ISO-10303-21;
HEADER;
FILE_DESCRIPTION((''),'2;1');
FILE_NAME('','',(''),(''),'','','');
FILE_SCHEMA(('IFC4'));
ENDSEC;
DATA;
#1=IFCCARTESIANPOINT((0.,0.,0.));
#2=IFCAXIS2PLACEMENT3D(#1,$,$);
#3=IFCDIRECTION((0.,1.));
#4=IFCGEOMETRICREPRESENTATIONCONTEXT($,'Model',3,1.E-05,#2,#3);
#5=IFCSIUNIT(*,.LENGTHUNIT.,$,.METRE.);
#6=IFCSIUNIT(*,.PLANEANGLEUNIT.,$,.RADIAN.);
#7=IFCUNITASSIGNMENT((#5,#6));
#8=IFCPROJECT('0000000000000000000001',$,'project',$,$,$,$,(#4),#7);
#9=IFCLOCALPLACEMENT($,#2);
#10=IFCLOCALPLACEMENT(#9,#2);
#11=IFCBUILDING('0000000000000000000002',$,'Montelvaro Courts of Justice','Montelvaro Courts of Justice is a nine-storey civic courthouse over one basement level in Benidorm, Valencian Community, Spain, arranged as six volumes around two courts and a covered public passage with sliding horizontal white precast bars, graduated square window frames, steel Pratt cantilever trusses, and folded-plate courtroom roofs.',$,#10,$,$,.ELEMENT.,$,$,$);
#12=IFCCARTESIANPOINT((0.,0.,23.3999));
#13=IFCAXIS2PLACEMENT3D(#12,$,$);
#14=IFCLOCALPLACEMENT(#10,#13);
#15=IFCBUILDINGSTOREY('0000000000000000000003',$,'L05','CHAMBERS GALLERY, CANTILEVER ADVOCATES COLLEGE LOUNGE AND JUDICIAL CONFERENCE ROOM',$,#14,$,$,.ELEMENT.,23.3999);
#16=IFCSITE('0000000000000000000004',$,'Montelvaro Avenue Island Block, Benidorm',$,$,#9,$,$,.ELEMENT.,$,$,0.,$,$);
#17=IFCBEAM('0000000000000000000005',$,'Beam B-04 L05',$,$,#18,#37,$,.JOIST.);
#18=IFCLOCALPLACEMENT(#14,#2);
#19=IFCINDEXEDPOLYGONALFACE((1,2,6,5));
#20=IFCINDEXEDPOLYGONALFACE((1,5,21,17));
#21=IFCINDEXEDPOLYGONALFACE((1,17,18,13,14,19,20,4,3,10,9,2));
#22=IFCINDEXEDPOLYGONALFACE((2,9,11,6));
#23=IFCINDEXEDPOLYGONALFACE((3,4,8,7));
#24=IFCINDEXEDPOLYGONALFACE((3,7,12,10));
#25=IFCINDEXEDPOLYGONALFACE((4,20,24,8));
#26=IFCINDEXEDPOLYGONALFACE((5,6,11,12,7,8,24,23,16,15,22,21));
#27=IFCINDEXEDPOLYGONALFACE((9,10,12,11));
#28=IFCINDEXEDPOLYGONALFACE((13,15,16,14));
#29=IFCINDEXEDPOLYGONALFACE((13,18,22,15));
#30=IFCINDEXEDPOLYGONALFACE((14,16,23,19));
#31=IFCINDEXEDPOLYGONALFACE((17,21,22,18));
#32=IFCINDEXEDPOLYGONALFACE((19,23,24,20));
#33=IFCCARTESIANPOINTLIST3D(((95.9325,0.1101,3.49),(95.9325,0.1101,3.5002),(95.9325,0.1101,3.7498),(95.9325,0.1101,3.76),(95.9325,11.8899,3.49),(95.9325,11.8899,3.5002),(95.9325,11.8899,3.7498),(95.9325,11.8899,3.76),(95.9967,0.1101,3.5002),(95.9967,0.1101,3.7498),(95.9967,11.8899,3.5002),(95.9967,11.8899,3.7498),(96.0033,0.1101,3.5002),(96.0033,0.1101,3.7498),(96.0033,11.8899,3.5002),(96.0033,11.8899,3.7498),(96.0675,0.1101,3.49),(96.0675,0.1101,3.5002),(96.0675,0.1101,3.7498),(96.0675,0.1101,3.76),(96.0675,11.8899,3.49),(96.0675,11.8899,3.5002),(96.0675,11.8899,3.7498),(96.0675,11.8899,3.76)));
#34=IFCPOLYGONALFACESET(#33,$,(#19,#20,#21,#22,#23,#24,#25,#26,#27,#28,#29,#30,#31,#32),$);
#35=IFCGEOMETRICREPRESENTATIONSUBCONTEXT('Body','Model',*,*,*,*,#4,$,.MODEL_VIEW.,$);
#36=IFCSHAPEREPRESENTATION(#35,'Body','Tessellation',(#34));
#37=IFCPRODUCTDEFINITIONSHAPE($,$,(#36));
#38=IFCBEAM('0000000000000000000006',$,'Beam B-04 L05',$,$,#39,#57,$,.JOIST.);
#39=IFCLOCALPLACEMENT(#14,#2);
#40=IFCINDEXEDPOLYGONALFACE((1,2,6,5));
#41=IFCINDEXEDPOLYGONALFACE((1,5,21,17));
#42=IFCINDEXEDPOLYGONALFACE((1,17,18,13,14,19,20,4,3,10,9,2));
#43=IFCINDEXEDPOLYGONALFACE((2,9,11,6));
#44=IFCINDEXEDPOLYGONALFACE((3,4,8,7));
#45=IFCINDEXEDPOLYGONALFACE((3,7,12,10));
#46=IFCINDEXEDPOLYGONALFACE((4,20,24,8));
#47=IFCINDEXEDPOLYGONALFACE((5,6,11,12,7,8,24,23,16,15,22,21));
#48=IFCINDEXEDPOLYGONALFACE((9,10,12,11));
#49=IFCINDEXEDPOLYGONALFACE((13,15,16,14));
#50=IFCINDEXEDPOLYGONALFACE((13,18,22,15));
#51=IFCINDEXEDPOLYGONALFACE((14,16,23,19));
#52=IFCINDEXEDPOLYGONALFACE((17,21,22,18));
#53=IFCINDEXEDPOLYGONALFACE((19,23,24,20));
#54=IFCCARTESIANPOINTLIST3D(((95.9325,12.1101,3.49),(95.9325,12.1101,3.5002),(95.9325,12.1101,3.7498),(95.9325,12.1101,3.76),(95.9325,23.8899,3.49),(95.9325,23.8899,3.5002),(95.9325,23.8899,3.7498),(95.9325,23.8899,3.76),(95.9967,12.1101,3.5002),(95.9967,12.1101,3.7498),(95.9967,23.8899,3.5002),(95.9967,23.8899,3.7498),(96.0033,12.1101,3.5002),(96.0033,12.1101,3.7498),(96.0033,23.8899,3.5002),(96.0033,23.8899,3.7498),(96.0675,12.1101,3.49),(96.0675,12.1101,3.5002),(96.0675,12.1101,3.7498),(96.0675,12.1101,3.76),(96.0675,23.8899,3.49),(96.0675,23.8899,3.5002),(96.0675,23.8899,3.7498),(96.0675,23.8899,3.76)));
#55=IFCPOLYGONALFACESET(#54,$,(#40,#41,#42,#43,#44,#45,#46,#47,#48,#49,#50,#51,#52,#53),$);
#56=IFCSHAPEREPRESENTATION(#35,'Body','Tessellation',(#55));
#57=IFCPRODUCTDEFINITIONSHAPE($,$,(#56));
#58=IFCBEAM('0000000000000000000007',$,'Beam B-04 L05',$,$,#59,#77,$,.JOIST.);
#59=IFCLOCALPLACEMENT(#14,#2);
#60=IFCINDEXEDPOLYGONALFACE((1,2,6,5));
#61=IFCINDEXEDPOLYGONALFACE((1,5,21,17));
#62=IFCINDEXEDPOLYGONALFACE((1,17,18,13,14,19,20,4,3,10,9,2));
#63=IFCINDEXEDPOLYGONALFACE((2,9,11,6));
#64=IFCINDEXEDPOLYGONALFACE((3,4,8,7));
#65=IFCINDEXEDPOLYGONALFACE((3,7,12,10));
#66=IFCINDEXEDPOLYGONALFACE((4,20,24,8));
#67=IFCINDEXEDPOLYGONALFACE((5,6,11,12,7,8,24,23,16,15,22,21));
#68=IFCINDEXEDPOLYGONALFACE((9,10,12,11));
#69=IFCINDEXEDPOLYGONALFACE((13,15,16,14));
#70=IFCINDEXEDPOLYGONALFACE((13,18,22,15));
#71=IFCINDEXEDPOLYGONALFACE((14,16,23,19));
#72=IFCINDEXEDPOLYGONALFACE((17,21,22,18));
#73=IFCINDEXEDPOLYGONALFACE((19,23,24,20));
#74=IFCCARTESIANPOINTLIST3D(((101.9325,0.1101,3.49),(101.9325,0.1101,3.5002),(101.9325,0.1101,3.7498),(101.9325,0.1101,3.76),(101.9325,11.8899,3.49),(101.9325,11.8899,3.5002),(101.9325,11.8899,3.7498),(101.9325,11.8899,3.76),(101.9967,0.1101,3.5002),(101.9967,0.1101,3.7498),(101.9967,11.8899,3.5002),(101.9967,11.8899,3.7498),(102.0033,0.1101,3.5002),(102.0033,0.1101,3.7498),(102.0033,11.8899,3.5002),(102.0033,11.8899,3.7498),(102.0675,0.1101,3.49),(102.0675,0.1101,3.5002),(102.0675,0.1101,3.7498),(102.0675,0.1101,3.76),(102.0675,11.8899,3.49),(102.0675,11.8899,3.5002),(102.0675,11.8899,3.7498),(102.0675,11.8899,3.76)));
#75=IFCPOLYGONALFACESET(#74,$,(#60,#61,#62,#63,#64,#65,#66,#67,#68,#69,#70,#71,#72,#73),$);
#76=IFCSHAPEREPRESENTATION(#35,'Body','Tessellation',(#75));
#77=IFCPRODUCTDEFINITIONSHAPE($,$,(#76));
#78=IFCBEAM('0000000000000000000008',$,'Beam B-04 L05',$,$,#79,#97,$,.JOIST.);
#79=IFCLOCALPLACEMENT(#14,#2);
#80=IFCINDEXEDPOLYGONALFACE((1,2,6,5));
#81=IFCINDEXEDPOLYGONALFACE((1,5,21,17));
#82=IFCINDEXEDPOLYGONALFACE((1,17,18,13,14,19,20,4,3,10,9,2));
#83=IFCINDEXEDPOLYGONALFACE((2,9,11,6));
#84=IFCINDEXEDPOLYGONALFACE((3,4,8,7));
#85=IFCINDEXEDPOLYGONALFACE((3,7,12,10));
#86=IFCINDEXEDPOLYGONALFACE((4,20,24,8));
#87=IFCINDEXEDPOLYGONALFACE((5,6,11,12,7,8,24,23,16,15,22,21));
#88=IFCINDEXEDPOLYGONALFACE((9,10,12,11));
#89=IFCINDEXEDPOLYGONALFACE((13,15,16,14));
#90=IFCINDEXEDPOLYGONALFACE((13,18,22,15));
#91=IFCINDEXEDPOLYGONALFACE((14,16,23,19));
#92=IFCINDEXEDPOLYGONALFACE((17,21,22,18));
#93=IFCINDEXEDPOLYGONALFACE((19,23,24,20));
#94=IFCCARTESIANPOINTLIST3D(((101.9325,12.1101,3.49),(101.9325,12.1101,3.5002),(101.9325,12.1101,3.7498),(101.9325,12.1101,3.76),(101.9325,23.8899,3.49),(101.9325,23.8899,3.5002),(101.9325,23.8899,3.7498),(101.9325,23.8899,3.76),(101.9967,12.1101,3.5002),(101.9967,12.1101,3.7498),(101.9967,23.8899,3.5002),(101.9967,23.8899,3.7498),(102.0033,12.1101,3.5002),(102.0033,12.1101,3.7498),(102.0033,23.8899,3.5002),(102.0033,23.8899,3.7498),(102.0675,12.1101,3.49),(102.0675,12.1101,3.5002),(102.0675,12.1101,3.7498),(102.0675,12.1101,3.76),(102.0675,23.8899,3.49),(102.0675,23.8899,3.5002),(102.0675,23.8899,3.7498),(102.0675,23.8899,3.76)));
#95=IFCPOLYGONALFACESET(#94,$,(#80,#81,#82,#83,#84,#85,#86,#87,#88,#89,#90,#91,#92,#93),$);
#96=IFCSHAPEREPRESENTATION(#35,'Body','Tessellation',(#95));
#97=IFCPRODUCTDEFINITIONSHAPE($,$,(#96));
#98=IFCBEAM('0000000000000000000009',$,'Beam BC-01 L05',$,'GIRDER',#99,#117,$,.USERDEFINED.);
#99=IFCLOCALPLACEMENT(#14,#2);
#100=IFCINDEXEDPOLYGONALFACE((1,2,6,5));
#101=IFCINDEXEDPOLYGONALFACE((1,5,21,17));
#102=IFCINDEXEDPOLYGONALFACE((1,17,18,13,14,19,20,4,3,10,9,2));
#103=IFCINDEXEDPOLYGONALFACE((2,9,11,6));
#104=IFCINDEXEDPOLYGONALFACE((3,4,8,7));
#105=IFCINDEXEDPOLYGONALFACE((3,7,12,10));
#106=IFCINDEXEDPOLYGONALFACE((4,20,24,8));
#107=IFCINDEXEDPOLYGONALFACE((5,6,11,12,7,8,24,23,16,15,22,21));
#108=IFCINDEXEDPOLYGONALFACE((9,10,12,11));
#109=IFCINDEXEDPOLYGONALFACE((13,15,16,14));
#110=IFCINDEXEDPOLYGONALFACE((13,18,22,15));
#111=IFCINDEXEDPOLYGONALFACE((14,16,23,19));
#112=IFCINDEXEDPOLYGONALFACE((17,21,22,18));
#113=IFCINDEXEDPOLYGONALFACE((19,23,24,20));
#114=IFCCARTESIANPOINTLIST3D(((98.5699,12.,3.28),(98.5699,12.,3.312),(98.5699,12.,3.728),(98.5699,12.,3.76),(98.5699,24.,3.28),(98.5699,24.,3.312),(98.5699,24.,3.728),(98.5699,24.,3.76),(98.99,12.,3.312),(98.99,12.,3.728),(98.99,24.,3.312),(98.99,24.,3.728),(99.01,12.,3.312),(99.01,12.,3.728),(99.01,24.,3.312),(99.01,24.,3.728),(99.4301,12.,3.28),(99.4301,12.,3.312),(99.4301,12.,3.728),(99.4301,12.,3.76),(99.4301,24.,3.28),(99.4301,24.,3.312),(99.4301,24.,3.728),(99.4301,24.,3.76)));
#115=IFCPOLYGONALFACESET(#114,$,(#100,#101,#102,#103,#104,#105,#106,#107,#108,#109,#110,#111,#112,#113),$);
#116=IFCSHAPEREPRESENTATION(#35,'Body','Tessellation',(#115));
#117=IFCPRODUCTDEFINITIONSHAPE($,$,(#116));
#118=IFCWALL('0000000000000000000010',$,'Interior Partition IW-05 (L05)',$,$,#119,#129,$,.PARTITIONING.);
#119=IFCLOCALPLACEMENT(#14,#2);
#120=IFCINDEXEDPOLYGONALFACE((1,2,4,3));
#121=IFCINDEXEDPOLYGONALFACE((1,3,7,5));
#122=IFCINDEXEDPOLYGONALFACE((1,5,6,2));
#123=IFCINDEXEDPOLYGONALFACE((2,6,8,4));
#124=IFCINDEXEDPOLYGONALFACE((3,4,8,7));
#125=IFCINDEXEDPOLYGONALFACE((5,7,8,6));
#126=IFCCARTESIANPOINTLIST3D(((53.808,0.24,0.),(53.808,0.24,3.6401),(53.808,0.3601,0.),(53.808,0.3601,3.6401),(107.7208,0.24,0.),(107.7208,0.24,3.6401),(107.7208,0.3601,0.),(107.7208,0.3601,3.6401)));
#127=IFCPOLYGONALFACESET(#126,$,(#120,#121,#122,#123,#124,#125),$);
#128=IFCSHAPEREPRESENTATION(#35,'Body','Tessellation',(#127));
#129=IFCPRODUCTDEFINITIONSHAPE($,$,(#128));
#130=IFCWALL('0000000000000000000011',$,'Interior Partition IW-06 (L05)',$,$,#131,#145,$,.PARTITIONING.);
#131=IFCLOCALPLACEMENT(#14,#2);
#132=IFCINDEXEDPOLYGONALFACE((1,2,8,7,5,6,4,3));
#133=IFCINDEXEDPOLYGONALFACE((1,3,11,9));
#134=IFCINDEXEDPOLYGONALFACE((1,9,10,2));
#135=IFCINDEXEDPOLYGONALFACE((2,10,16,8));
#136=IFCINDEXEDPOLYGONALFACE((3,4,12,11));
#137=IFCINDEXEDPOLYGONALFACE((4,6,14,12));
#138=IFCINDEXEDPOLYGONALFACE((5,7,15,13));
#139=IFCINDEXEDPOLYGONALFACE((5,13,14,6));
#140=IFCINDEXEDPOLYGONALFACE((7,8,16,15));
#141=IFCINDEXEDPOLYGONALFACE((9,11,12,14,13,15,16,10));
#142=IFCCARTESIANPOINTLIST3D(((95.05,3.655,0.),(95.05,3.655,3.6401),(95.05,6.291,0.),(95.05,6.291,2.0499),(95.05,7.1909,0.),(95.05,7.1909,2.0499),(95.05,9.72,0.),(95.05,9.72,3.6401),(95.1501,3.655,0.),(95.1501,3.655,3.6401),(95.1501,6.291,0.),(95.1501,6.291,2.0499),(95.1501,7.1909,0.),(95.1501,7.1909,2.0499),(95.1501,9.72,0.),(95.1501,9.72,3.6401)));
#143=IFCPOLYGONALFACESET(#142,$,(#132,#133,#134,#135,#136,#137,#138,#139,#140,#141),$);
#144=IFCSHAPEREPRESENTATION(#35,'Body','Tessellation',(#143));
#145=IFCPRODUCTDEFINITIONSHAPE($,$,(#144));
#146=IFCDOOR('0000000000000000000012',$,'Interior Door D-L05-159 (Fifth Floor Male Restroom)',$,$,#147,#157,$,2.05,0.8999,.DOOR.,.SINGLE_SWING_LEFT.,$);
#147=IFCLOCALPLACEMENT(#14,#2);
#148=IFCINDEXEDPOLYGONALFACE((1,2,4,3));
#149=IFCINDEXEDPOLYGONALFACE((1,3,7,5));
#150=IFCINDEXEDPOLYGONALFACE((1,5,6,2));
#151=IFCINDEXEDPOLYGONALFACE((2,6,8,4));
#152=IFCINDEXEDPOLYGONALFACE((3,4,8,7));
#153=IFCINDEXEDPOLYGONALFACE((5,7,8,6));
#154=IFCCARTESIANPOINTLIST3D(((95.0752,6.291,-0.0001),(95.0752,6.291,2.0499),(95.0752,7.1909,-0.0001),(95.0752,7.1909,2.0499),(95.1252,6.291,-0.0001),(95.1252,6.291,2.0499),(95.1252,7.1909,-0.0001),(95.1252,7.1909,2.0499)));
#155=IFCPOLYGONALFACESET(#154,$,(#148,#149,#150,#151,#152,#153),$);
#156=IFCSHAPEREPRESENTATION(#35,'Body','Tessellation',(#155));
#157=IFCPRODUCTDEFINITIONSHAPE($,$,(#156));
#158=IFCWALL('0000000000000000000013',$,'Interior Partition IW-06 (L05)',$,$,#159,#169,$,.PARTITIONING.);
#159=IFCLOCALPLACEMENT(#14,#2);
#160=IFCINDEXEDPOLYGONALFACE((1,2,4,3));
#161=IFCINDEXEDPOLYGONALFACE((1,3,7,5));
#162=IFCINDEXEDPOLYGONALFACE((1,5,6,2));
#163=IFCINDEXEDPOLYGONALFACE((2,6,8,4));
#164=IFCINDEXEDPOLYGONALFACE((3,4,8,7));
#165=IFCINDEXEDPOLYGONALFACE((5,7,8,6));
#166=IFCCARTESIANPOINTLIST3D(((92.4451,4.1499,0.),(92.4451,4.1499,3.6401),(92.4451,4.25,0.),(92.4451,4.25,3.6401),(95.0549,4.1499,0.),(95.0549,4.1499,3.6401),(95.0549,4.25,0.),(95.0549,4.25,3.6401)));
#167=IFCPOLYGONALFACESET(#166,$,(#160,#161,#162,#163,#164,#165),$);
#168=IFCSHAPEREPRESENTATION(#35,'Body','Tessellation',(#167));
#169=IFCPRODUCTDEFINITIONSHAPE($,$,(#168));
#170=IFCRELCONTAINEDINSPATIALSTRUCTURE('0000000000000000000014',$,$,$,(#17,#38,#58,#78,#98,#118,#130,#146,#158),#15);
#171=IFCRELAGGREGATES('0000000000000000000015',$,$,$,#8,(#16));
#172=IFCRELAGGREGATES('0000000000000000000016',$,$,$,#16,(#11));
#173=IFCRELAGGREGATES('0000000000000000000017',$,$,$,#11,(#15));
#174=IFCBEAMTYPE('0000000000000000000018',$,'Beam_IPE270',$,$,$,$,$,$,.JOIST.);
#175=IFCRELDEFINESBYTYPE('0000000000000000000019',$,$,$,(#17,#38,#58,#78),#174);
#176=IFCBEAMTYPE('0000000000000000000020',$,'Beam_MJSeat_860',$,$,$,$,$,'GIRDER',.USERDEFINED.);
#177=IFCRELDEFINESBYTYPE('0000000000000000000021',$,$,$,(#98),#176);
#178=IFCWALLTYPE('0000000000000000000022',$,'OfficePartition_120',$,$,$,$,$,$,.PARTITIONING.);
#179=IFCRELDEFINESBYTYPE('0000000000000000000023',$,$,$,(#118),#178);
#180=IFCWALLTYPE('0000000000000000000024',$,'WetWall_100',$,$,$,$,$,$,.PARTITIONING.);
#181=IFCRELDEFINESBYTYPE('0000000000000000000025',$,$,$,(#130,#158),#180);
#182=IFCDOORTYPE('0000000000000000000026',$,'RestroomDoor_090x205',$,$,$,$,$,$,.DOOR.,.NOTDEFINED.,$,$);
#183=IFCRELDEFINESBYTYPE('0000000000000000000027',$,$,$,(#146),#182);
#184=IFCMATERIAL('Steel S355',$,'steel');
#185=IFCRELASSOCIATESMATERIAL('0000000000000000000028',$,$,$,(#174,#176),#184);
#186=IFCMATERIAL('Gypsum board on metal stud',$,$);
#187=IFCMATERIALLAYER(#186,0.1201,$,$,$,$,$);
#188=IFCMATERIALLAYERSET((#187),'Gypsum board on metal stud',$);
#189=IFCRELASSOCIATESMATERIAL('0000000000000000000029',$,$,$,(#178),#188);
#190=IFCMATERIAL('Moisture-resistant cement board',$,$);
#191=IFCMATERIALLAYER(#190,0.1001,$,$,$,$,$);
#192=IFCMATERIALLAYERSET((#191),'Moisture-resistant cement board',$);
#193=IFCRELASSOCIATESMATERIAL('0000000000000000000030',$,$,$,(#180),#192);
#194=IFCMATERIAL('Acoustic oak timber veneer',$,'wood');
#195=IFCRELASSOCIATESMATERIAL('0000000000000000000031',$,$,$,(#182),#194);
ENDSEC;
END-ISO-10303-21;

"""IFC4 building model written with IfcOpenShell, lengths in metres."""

from ifc_helpers import new_model, si_unit, direction, frame, frame_2d, origin, origin_2d, place, context, subcontext, project, spatial, rectangle, i_section, extrude, material, layer, layer_set, material_profile, profile_set, type_object, element, fill, save


model = new_model("IFC4")

# Units and contexts
model_context = context("Model", 3, precision=1e-05, world=origin(), true_north=direction((0.0, 1.0)))
body_context = subcontext(model_context, "Body", "Model", "MODEL_VIEW")
ifc_project = project(units=[si_unit("LENGTHUNIT", "METRE"), si_unit("PLANEANGLEUNIT", "RADIAN")], contexts=[model_context])

# Site, building, storey
site_placement = place(None, origin())
site = spatial("IfcSite", under=ifc_project, at=site_placement, Name="Montelvaro Avenue Island Block, Benidorm", CompositionType="ELEMENT", RefElevation=0.0)
building_placement = place(site_placement, origin())
building = spatial("IfcBuilding", under=site, at=building_placement, Name="Montelvaro Courts of Justice", Description="Montelvaro Courts of Justice is a nine-storey civic courthouse over one basement level in Benidorm, Valencian Community, Spain, arranged as six volumes around two courts and a covered public passage with sliding horizontal white precast bars, graduated square window frames, steel Pratt cantilever trusses, and folded-plate courtroom roofs.", CompositionType="ELEMENT")
storey_placement = place(building_placement, frame((0.0, 0.0, 23.3999)))
storey = spatial("IfcBuildingStorey", under=building, at=storey_placement, Name="L05", Description="CHAMBERS GALLERY, CANTILEVER ADVOCATES COLLEGE LOUNGE AND JUDICIAL CONFERENCE ROOM", CompositionType="ELEMENT", Elevation=23.3999)

# Shared definitions
ifc_material_1 = material(Name="Steel S355", Category="steel")

# Beams
ifc_material_profile_1 = material_profile(ifc_material_1, i_section(OverallWidth=0.135, OverallDepth=0.27, WebThickness=0.0066, FlangeThickness=0.0103, at=origin_2d()), Name="IPE 270")
ifc_profile_set_1 = profile_set([ifc_material_profile_1], Name="Steel S355")
beam_type_1 = type_object("IfcBeamType", Name="Beam_IPE270", PredefinedType="JOIST", material=ifc_profile_set_1)
for number, where, z_axis, x_axis, name in (
    (1, (96.0, 0.1101, 3.625), (0.0, 1.0, 0.0), (-1.0, 0.0, 0.0), "Beam B-04 L05"),
    (2, (96.0, 12.1101, 3.625), (0.0, 1.0, 0.0), (-1.0, 0.0, 0.0), "Beam B-04 L05"),
    (3, (102.0, 0.1101, 3.625), (0.0, 1.0, 0.0), (-1.0, 0.0, 0.0), "Beam B-04 L05"),
    (4, (102.0, 12.1101, 3.625), (0.0, 1.0, 0.0), (-1.0, 0.0, 0.0), "Beam B-04 L05"),
):
    element("IfcBeam", number, at=place(storey_placement, frame(where, z_axis=z_axis, x_axis=x_axis)), inside=storey, type_object=beam_type_1, Name=name, PredefinedType="JOIST", context=body_context, shape_type="SweptSolid", body=[
        extrude(i_section(OverallWidth=0.135, OverallDepth=0.27, WebThickness=0.0066, FlangeThickness=0.0103, at=origin_2d()), origin(), (0.0, 0.0, 1.0), 11.7798),
    ])
ifc_material_profile_2 = material_profile(ifc_material_1, i_section(OverallWidth=0.8601, OverallDepth=0.48, WebThickness=0.02, FlangeThickness=0.032, at=origin_2d()), Name="HL 480x860")
ifc_profile_set_2 = profile_set([ifc_material_profile_2], Name="Steel S355")
beam_type_2 = type_object("IfcBeamType", Name="Beam_MJSeat_860", ElementType="GIRDER", PredefinedType="USERDEFINED", material=ifc_profile_set_2)
beam_1_placement = place(storey_placement, frame((99.0, 12.0, 3.52), z_axis=(0.0, 1.0, 0.0), x_axis=(-1.0, 0.0, 0.0)))
element("IfcBeam", 5, at=beam_1_placement, inside=storey, type_object=beam_type_2, Name="Beam BC-01 L05", ObjectType="GIRDER", PredefinedType="USERDEFINED", context=body_context, shape_type="SweptSolid", body=[
    extrude(i_section(OverallWidth=0.8601, OverallDepth=0.48, WebThickness=0.02, FlangeThickness=0.032, at=origin_2d()), origin(), (0.0, 0.0, 1.0), 12.0),
])

# Wall
ifc_material_2 = material(Name="Gypsum board on metal stud")
ifc_layer_1 = layer(ifc_material_2, 0.1201)
ifc_layer_set_1 = layer_set([ifc_layer_1], Name="Gypsum board on metal stud")
wall_type_1 = type_object("IfcWallType", Name="OfficePartition_120", PredefinedType="PARTITIONING", material=ifc_layer_set_1)
wall_1_placement = place(storey_placement, frame((107.7209, 0.3, 0.0), z_axis=(0.0, 0.0, 1.0), x_axis=(-1.0, 0.0, 0.0)))
element("IfcWall", 6, at=wall_1_placement, inside=storey, type_object=wall_type_1, Name="Interior Partition IW-05 (L05)", PredefinedType="PARTITIONING", context=body_context, shape_type="SweptSolid", body=[
    extrude(rectangle(XDim=53.9128, YDim=0.1201, at=frame_2d((26.9565, 0.0))), origin(), (0.0, 0.0, 1.0), 3.6401),
])

# Wall, opening, door
ifc_material_3 = material(Name="Moisture-resistant cement board")
ifc_layer_2 = layer(ifc_material_3, 0.1001)
ifc_layer_set_2 = layer_set([ifc_layer_2], Name="Moisture-resistant cement board")
wall_type_2 = type_object("IfcWallType", Name="WetWall_100", PredefinedType="PARTITIONING", material=ifc_layer_set_2)
wall_2_placement = place(storey_placement, frame((95.1001, 9.72, 0.0), z_axis=(0.0, 0.0, 1.0), x_axis=(0.0, -1.0, 0.0)))
wall_2 = element("IfcWall", 7, at=wall_2_placement, inside=storey, type_object=wall_type_2, Name="Interior Partition IW-06 (L05)", PredefinedType="PARTITIONING", context=body_context, shape_type="SweptSolid", body=[
    extrude(rectangle(XDim=6.0649, YDim=0.1001, at=frame_2d((3.0325, 0.0))), origin(), (0.0, 0.0, 1.0), 3.6401),
])
opening_1_placement = place(wall_2_placement, frame((2.5291, 0.0, 0.0)))
opening_1 = element("IfcOpeningElement", 8, at=opening_1_placement, cuts=wall_2, PredefinedType="OPENING", context=body_context, shape_type="SweptSolid", body=[
    extrude(rectangle(XDim=0.8999, YDim=2.05, at=frame_2d((0.45, 1.0249))), frame((0.0, 0.0649, 0.0), z_axis=(0.0, -1.0, 0.0), x_axis=(1.0, 0.0, 0.0)), (0.0, 0.0, 1.0), 0.1299),
])
ifc_material_4 = material(Name="Acoustic oak timber veneer", Category="wood")
door_type_1 = type_object("IfcDoorType", Name="RestroomDoor_090x205", OperationType="NOTDEFINED", PredefinedType="DOOR", material=ifc_material_4)
door_1_placement = place(opening_1_placement, frame((0.8999, 0.0, 0.0), z_axis=(0.0, 0.0, 1.0), x_axis=(-1.0, 0.0, 0.0)))
door_1 = element("IfcDoor", 9, at=door_1_placement, inside=storey, type_object=door_type_1, Name="Interior Door D-L05-159 (Fifth Floor Male Restroom)", OperationType="SINGLE_SWING_LEFT", OverallHeight=2.05, OverallWidth=0.8999, PredefinedType="DOOR", context=body_context, shape_type="SweptSolid", body=[
    extrude(rectangle(XDim=0.8999, YDim=2.05, at=frame_2d((0.45, 1.0249))), frame((0.0, 0.0249, 0.0), z_axis=(0.0, -1.0, 0.0), x_axis=(1.0, 0.0, 0.0)), (0.0, 0.0, 1.0), 0.05),
])
fill(opening_1, door_1)

# Wall
wall_3_placement = place(storey_placement, frame((95.0549, 4.2, 0.0), z_axis=(0.0, 0.0, 1.0), x_axis=(-1.0, 0.0, 0.0)))
element("IfcWall", 10, at=wall_3_placement, inside=storey, type_object=wall_type_2, Name="Interior Partition IW-06 (L05)", PredefinedType="PARTITIONING", context=body_context, shape_type="SweptSolid", body=[
    extrude(rectangle(XDim=2.6099, YDim=0.1001, at=frame_2d((1.3049, 0.0))), origin(), (0.0, 0.0, 1.0), 3.6401),
])

save(model, "model.ifc")
